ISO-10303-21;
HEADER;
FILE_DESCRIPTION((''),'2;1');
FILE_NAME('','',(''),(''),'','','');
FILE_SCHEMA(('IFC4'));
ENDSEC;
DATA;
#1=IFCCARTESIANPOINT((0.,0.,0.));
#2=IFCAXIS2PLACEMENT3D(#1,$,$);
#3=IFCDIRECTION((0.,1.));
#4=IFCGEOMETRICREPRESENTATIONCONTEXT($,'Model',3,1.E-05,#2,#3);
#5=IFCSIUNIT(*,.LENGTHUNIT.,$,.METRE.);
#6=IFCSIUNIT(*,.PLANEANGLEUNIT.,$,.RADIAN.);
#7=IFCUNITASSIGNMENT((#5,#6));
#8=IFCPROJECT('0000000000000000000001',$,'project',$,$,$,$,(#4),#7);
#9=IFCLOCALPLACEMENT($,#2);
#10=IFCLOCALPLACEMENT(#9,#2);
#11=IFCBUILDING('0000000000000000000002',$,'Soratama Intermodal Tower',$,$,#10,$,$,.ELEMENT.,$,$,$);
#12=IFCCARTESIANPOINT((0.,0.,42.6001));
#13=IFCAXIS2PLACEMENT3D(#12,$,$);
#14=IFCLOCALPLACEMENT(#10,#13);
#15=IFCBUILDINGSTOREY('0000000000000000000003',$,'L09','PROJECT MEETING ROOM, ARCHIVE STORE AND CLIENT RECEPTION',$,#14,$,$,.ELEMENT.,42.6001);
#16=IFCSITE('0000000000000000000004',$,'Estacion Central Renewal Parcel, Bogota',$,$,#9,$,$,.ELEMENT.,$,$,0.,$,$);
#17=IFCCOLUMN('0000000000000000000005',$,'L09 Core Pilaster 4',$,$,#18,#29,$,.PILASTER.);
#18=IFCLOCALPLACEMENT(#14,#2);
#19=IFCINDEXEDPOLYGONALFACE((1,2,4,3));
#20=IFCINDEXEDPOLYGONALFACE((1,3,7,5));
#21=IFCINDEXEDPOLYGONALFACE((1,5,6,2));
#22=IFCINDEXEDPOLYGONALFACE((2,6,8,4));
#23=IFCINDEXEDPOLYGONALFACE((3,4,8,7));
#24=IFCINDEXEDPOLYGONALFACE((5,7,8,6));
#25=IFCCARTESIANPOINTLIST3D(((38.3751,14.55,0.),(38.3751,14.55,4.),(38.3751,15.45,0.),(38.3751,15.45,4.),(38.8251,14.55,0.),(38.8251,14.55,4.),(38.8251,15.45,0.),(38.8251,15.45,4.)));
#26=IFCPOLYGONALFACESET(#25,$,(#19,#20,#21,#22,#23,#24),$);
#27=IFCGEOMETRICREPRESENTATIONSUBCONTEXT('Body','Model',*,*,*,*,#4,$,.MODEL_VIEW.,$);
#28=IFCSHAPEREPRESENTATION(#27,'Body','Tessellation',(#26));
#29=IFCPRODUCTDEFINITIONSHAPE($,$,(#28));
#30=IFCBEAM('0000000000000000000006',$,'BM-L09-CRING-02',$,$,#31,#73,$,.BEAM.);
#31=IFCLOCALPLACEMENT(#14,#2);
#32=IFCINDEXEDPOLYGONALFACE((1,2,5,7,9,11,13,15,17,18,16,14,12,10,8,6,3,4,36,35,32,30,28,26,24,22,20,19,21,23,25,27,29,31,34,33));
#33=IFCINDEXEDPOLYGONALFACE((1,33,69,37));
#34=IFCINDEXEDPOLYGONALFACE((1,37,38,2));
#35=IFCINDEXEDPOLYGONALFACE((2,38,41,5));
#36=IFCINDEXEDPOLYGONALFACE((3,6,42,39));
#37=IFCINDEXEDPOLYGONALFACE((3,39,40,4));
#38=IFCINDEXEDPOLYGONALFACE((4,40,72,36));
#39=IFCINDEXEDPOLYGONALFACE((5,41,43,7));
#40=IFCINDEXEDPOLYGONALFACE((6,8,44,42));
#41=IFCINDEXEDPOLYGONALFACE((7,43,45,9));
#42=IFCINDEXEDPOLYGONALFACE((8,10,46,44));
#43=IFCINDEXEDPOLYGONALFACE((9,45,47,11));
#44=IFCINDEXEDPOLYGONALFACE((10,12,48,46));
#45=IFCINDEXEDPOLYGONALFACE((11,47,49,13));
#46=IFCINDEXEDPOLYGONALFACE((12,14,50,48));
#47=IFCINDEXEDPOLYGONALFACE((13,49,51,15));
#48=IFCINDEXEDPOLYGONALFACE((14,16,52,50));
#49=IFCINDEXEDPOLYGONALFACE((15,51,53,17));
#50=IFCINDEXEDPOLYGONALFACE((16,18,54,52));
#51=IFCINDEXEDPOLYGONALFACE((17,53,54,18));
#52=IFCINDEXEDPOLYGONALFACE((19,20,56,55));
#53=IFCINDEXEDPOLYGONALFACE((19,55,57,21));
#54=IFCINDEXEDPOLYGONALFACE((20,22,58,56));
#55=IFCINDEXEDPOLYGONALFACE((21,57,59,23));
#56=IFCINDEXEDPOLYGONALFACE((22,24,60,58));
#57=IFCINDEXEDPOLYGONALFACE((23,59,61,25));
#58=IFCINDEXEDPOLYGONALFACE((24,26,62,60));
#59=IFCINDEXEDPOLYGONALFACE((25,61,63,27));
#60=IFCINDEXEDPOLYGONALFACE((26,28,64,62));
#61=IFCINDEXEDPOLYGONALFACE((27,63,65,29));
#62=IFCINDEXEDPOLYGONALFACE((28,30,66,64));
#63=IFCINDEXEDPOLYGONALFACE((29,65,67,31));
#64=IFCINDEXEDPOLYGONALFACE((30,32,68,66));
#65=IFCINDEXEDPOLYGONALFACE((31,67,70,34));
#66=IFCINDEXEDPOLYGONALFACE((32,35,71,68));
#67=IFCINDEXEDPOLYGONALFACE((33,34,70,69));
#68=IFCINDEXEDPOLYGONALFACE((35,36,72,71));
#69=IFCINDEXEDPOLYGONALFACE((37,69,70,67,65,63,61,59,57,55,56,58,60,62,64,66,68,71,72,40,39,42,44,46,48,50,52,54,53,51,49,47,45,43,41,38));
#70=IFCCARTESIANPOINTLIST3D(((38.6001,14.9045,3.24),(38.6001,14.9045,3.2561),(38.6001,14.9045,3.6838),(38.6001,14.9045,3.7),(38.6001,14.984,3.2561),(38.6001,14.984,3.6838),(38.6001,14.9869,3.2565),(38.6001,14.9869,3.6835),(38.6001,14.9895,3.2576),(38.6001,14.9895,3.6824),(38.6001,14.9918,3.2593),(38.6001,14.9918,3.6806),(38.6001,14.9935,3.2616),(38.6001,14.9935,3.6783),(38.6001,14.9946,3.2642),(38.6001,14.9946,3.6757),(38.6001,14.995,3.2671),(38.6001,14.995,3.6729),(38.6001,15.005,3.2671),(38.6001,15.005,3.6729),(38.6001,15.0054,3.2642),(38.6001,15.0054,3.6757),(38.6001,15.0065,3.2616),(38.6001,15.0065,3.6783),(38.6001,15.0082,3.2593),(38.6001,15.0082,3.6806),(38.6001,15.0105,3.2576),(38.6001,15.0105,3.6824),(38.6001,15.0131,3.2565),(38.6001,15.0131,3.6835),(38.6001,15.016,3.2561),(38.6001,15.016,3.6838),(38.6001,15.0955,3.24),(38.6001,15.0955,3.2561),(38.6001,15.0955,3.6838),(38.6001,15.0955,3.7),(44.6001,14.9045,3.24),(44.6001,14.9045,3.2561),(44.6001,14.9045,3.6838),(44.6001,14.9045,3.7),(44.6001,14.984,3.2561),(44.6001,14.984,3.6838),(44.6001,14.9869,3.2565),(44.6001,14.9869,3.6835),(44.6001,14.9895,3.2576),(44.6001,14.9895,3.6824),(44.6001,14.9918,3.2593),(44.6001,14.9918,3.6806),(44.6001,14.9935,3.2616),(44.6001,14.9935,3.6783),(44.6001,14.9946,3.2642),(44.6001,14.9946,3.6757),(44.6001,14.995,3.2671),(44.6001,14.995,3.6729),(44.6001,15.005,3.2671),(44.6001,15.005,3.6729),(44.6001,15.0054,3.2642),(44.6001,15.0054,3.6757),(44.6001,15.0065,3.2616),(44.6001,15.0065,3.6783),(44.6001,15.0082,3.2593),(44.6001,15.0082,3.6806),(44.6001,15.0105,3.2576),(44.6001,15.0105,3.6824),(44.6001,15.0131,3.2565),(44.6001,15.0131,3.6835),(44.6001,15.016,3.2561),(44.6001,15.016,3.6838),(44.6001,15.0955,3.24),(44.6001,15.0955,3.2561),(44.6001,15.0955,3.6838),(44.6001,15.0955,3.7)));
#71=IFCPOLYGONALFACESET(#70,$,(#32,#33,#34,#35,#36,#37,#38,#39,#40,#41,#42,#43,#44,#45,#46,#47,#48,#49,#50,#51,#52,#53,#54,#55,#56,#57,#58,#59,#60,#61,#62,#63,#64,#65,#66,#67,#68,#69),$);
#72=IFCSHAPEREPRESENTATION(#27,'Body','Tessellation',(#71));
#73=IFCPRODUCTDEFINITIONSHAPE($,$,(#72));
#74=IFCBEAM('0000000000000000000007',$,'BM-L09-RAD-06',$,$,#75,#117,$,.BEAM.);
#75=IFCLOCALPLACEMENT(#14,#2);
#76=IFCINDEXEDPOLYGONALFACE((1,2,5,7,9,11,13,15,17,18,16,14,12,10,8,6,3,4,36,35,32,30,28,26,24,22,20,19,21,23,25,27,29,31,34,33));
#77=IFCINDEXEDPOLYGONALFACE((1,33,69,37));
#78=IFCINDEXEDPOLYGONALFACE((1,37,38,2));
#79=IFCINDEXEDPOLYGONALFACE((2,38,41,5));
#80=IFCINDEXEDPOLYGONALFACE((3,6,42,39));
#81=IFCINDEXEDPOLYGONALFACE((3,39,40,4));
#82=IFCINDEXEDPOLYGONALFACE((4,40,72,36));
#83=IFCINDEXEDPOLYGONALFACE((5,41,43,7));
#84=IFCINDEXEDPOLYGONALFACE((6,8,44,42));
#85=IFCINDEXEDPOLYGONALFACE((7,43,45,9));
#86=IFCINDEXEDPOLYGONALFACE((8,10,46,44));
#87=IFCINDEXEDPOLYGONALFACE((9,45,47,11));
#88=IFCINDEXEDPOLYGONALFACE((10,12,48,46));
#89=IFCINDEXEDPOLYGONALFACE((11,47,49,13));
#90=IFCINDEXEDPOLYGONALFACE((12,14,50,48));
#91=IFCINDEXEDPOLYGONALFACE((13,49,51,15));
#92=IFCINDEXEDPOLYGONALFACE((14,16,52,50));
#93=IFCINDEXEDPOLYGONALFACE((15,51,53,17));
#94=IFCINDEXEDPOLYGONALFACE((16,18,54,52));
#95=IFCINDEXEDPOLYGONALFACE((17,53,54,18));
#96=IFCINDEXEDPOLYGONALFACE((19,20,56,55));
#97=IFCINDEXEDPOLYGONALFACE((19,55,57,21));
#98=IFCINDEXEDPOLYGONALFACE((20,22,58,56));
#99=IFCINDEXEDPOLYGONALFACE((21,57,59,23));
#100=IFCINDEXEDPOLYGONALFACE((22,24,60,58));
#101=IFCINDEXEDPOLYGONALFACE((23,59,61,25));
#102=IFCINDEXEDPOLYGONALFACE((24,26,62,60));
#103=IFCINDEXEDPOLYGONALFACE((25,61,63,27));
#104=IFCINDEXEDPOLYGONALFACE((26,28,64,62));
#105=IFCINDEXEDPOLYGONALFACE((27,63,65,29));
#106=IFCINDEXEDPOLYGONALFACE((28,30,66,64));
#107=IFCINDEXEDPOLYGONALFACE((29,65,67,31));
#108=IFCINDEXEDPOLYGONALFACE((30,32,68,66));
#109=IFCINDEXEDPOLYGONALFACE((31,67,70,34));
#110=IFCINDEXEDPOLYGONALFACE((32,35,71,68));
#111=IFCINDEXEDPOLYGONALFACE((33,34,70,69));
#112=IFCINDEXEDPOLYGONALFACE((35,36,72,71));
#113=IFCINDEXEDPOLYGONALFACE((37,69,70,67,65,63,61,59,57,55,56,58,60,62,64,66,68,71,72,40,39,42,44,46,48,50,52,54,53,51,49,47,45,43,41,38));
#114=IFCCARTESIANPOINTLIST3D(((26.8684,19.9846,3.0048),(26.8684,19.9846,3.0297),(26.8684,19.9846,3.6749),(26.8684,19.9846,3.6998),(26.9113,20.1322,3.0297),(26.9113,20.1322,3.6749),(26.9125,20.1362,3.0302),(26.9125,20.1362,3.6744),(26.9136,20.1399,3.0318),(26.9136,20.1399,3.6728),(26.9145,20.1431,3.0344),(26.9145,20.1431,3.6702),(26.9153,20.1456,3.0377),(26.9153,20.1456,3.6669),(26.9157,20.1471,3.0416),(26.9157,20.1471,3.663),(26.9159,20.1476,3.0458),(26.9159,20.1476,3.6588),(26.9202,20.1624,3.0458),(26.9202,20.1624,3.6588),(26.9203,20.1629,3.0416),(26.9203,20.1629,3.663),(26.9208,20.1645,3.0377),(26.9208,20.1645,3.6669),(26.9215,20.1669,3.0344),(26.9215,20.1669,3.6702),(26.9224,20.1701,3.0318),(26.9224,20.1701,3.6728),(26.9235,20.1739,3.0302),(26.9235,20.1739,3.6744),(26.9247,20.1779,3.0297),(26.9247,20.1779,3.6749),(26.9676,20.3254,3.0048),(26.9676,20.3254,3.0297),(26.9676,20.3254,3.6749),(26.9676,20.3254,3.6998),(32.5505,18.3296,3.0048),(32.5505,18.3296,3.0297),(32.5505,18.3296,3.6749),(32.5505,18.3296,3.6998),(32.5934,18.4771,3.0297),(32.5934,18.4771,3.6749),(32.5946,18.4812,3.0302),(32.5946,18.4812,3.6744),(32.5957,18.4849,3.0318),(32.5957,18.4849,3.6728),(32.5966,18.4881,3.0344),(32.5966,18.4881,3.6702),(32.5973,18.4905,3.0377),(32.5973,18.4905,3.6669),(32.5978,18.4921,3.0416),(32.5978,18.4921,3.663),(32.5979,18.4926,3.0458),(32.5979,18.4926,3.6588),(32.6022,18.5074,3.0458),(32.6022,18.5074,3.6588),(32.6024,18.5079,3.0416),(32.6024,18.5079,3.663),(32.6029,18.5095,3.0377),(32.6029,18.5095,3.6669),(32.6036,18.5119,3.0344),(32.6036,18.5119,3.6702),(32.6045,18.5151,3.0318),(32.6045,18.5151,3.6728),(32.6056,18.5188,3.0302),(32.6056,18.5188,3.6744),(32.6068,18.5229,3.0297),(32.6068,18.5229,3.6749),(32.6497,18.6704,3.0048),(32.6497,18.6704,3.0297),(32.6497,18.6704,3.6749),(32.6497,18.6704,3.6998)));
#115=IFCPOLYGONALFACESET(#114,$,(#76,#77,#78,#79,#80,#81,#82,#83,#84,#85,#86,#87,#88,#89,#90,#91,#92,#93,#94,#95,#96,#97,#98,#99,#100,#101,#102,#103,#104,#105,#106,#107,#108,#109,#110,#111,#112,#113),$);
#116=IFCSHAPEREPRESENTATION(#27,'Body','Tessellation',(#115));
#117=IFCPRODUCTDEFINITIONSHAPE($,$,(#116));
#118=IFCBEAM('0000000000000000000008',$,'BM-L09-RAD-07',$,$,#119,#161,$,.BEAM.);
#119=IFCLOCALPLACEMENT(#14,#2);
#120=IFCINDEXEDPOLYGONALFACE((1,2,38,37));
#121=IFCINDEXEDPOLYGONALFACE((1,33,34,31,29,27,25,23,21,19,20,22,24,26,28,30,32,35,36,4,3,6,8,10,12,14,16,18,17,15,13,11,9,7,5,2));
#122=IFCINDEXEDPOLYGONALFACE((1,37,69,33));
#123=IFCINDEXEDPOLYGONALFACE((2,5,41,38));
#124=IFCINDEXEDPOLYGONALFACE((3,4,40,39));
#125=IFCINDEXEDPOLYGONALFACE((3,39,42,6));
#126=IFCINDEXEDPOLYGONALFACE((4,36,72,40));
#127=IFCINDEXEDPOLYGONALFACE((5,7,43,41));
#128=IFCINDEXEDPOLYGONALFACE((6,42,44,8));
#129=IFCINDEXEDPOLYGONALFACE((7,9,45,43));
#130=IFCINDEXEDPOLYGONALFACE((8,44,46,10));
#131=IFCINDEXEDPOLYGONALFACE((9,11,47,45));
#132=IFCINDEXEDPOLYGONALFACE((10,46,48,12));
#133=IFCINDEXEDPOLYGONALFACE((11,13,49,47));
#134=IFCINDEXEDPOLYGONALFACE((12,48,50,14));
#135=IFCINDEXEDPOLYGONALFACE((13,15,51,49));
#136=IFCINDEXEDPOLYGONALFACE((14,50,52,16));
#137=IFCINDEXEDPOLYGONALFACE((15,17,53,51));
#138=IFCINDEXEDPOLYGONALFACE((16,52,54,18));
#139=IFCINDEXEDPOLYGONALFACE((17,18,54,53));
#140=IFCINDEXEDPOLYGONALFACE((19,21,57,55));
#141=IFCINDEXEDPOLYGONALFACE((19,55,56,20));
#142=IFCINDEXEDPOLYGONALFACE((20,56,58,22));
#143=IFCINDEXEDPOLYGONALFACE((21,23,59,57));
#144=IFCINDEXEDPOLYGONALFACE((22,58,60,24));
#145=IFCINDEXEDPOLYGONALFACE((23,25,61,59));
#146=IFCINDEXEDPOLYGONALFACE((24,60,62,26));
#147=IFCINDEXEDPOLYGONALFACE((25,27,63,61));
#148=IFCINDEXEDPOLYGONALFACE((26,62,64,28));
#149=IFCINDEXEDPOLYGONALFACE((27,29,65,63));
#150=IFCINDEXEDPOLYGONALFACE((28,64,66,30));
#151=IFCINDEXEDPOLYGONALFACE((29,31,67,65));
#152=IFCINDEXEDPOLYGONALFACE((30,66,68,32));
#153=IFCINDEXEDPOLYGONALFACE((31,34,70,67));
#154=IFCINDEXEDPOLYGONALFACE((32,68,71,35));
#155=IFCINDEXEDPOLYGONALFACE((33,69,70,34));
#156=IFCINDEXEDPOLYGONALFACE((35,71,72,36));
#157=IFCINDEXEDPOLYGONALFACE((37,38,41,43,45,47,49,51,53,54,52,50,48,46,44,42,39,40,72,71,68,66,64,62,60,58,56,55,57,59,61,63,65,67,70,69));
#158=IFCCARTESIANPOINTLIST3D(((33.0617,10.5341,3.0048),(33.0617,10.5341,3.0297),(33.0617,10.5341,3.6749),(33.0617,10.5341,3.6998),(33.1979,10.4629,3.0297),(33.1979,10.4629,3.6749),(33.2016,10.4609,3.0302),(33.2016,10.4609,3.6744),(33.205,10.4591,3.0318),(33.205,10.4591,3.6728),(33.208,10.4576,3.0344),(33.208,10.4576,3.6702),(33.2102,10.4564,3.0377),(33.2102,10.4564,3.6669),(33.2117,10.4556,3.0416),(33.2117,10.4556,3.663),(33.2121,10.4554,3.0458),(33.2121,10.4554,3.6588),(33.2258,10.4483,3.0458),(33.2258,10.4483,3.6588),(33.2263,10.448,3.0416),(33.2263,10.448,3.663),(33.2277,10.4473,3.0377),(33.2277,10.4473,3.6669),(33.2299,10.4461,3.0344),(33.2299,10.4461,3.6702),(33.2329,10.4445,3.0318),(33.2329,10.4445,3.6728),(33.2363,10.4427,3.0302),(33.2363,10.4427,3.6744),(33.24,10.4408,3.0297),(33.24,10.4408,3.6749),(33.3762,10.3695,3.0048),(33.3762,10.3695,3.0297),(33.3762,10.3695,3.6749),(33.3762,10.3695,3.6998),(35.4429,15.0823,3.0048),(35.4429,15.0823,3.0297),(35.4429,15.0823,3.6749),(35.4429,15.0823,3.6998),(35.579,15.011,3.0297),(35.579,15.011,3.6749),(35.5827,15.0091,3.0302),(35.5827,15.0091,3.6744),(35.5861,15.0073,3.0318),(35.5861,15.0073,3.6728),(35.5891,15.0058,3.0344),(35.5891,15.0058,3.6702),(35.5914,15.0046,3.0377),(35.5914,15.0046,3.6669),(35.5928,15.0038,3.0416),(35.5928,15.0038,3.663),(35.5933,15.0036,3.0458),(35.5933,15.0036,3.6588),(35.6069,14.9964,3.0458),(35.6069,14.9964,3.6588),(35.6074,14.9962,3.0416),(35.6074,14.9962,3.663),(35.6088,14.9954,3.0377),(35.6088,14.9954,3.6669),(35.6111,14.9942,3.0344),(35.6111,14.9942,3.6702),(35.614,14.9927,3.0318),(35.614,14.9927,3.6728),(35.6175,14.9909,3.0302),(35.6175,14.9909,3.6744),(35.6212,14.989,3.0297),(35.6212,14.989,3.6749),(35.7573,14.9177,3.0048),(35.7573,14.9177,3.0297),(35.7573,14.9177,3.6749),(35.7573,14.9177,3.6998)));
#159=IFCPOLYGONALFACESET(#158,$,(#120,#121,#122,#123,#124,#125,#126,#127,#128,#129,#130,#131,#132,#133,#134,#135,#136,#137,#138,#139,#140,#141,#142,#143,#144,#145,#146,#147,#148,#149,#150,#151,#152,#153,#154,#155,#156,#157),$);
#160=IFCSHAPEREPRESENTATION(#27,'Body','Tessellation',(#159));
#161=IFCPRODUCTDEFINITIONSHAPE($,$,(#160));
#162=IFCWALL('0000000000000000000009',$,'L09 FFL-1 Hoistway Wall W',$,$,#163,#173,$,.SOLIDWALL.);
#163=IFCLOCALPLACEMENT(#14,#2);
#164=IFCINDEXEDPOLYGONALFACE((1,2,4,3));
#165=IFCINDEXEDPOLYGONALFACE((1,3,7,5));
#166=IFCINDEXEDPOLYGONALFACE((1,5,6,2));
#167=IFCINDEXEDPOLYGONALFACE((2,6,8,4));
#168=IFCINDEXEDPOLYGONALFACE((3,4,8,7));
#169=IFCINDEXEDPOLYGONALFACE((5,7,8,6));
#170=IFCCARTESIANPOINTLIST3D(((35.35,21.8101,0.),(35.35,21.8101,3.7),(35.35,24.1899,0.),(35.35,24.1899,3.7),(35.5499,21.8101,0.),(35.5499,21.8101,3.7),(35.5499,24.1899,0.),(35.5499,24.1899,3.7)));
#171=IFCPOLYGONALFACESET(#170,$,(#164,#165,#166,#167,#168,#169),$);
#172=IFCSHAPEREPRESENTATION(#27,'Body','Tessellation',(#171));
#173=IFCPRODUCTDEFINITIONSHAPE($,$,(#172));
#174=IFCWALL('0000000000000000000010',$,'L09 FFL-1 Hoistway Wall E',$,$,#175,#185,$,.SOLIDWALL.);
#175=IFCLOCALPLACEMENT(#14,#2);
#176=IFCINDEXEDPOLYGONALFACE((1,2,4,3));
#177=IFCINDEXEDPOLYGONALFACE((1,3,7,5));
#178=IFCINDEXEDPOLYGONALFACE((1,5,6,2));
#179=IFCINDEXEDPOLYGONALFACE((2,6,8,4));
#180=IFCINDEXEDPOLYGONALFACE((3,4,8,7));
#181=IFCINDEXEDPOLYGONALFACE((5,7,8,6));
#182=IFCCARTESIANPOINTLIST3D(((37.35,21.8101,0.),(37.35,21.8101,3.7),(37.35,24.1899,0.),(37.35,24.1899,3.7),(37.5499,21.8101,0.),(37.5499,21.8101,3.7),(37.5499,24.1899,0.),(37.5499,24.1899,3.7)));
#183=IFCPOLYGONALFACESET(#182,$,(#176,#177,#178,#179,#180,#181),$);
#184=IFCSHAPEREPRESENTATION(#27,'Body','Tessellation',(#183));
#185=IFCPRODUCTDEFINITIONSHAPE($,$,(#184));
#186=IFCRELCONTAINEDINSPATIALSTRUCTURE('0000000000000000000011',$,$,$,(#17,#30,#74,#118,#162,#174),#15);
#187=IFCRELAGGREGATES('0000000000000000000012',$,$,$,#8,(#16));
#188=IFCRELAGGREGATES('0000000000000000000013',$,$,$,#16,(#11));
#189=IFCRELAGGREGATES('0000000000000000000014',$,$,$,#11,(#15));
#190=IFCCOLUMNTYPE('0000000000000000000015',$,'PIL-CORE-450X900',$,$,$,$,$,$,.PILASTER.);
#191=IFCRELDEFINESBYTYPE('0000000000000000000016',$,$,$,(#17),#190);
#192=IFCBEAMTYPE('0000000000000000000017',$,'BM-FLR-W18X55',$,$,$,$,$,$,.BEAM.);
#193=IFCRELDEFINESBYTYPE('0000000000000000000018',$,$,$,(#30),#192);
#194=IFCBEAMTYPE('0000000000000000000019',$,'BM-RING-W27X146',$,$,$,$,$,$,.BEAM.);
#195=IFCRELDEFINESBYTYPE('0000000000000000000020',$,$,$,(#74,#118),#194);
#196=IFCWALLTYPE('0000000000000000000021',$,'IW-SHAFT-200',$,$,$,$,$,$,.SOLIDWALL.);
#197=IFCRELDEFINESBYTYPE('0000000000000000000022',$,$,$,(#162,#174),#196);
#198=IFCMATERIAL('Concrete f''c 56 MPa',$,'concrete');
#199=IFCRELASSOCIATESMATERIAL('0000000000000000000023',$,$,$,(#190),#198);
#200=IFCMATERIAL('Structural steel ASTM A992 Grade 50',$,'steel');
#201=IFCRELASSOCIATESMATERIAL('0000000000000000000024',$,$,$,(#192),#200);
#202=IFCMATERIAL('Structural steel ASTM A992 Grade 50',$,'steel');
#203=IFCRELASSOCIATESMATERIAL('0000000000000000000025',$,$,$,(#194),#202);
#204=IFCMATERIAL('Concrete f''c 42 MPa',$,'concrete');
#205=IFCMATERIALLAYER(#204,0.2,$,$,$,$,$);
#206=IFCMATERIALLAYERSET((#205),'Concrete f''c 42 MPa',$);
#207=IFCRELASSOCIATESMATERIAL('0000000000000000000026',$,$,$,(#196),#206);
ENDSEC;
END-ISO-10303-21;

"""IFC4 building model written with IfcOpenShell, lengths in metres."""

from ifc_helpers import new_model, si_unit, direction, frame, frame_2d, origin, origin_2d, place, context, subcontext, project, spatial, rectangle, i_section, extrude, material, layer, layer_set, material_profile, profile_set, type_object, element, save


model = new_model("IFC4")

# Units and contexts
model_context = context("Model", 3, precision=1e-05, world=origin(), true_north=direction((0.0, 1.0)))
body_context = subcontext(model_context, "Body", "Model", "MODEL_VIEW")
ifc_project = project(units=[si_unit("LENGTHUNIT", "METRE"), si_unit("PLANEANGLEUNIT", "RADIAN")], contexts=[model_context])

# Site, building, storey
site_placement = place(None, origin())
site = spatial("IfcSite", under=ifc_project, at=site_placement, Name="Estacion Central Renewal Parcel, Bogota", CompositionType="ELEMENT", RefElevation=0.0)
building_placement = place(site_placement, origin())
building = spatial("IfcBuilding", under=site, at=building_placement, Name="Soratama Intermodal Tower", CompositionType="ELEMENT")
storey_placement = place(building_placement, frame((0.0, 0.0, 42.6001)))
storey = spatial("IfcBuildingStorey", under=building, at=storey_placement, Name="L09", Description="PROJECT MEETING ROOM, ARCHIVE STORE AND CLIENT RECEPTION", CompositionType="ELEMENT", Elevation=42.6001)

# Column
ifc_material_1 = material(Name="Concrete f'c 56 MPa", Category="concrete")
ifc_material_profile_1 = material_profile(ifc_material_1, rectangle(XDim=0.45, YDim=0.8999, at=origin_2d()), Name="RC450X900")
ifc_profile_set_1 = profile_set([ifc_material_profile_1], Name="Concrete f'c 56 MPa")
column_type = type_object("IfcColumnType", Name="PIL-CORE-450X900", PredefinedType="PILASTER", material=ifc_profile_set_1)
column_placement = place(storey_placement, frame((38.6001, 15.0, 0.0), z_axis=(0.0, 0.0, 1.0), x_axis=(1.0, 0.0, 0.0)))
element("IfcColumn", 1, at=column_placement, inside=storey, type_object=column_type, Name="L09 Core Pilaster 4", PredefinedType="PILASTER", context=body_context, shape_type="SweptSolid", body=[
    extrude(rectangle(XDim=0.45, YDim=0.8999, at=origin_2d()), origin(), (0.0, 0.0, 1.0), 4.0),
])

# Beams
ifc_material_2 = material(Name="Structural steel ASTM A992 Grade 50", Category="steel")
ifc_material_profile_2 = material_profile(ifc_material_2, i_section(OverallWidth=0.1909, OverallDepth=0.46, WebThickness=0.01, FlangeThickness=0.0161, FilletRadius=0.011, at=origin_2d()), Name="W18X55")
ifc_profile_set_2 = profile_set([ifc_material_profile_2], Name="Structural steel ASTM A992 Grade 50")
beam_type_1 = type_object("IfcBeamType", Name="BM-FLR-W18X55", PredefinedType="BEAM", material=ifc_profile_set_2)
beam_1_placement = place(storey_placement, frame((38.6001, 15.0, 3.47), z_axis=(1.0, 0.0, 0.0), x_axis=(0.0, 1.0, 0.0)))
element("IfcBeam", 2, at=beam_1_placement, inside=storey, type_object=beam_type_1, Name="BM-L09-CRING-02", PredefinedType="BEAM", context=body_context, shape_type="SweptSolid", body=[
    extrude(i_section(OverallWidth=0.1909, OverallDepth=0.46, WebThickness=0.01, FlangeThickness=0.0161, FilletRadius=0.011, at=origin_2d()), origin(), (0.0, 0.0, 1.0), 6.0),
])
ifc_material_3 = material(Name="Structural steel ASTM A992 Grade 50", Category="steel")
ifc_material_profile_3 = material_profile(ifc_material_3, i_section(OverallWidth=0.355, OverallDepth=0.6951, WebThickness=0.0154, FlangeThickness=0.0249, FilletRadius=0.0161, at=origin_2d()), Name="W27X146")
ifc_profile_set_3 = profile_set([ifc_material_profile_3], Name="Structural steel ASTM A992 Grade 50")
beam_type_2 = type_object("IfcBeamType", Name="BM-RING-W27X146", PredefinedType="BEAM", material=ifc_profile_set_3)
beam_2_placement = place(storey_placement, frame((32.6001, 18.5, 3.3523), z_axis=(-0.960103, 0.279648, 0.0), x_axis=(-0.279648, -0.960103, 0.0)))
element("IfcBeam", 3, at=beam_2_placement, inside=storey, type_object=beam_type_2, Name="BM-L09-RAD-06", PredefinedType="BEAM", context=body_context, shape_type="SweptSolid", body=[
    extrude(i_section(OverallWidth=0.355, OverallDepth=0.6951, WebThickness=0.0154, FlangeThickness=0.0249, FilletRadius=0.0161, at=origin_2d()), origin(), (0.0, 0.0, 1.0), 5.9182),
])
beam_3_placement = place(storey_placement, frame((35.6001, 15.0, 3.3523), z_axis=(-0.463819, -0.88593, 0.0), x_axis=(0.88593, -0.463819, 0.0)))
element("IfcBeam", 4, at=beam_3_placement, inside=storey, type_object=beam_type_2, Name="BM-L09-RAD-07", PredefinedType="BEAM", context=body_context, shape_type="SweptSolid", body=[
    extrude(i_section(OverallWidth=0.355, OverallDepth=0.6951, WebThickness=0.0154, FlangeThickness=0.0249, FilletRadius=0.0161, at=origin_2d()), origin(), (0.0, 0.0, 1.0), 5.1338),
])

# Shared definitions
ifc_material_4 = material(Name="Concrete f'c 42 MPa", Category="concrete")
ifc_layer_1 = layer(ifc_material_4, 0.2)
ifc_layer_set_1 = layer_set([ifc_layer_1], Name="Concrete f'c 42 MPa")
wall_type_1 = type_object("IfcWallType", Name="IW-SHAFT-200", PredefinedType="SOLIDWALL", material=ifc_layer_set_1)

# Walls
for number, where, z_axis, x_axis, name in (
    (5, (35.45, 21.8101, 0.0), (0.0, 0.0, 1.0), (0.0, 1.0, 0.0), "L09 FFL-1 Hoistway Wall W"),
    (6, (37.45, 21.8101, 0.0), (0.0, 0.0, 1.0), (0.0, 1.0, 0.0), "L09 FFL-1 Hoistway Wall E"),
):
    element("IfcWall", number, at=place(storey_placement, frame(where, z_axis=z_axis, x_axis=x_axis)), inside=storey, type_object=wall_type_1, Name=name, PredefinedType="SOLIDWALL", context=body_context, shape_type="SweptSolid", body=[
        extrude(rectangle(XDim=2.3799, YDim=0.2, at=frame_2d((1.1899, 0.0))), origin(), (0.0, 0.0, 1.0), 3.7),
    ])

save(model, "model.ifc")
